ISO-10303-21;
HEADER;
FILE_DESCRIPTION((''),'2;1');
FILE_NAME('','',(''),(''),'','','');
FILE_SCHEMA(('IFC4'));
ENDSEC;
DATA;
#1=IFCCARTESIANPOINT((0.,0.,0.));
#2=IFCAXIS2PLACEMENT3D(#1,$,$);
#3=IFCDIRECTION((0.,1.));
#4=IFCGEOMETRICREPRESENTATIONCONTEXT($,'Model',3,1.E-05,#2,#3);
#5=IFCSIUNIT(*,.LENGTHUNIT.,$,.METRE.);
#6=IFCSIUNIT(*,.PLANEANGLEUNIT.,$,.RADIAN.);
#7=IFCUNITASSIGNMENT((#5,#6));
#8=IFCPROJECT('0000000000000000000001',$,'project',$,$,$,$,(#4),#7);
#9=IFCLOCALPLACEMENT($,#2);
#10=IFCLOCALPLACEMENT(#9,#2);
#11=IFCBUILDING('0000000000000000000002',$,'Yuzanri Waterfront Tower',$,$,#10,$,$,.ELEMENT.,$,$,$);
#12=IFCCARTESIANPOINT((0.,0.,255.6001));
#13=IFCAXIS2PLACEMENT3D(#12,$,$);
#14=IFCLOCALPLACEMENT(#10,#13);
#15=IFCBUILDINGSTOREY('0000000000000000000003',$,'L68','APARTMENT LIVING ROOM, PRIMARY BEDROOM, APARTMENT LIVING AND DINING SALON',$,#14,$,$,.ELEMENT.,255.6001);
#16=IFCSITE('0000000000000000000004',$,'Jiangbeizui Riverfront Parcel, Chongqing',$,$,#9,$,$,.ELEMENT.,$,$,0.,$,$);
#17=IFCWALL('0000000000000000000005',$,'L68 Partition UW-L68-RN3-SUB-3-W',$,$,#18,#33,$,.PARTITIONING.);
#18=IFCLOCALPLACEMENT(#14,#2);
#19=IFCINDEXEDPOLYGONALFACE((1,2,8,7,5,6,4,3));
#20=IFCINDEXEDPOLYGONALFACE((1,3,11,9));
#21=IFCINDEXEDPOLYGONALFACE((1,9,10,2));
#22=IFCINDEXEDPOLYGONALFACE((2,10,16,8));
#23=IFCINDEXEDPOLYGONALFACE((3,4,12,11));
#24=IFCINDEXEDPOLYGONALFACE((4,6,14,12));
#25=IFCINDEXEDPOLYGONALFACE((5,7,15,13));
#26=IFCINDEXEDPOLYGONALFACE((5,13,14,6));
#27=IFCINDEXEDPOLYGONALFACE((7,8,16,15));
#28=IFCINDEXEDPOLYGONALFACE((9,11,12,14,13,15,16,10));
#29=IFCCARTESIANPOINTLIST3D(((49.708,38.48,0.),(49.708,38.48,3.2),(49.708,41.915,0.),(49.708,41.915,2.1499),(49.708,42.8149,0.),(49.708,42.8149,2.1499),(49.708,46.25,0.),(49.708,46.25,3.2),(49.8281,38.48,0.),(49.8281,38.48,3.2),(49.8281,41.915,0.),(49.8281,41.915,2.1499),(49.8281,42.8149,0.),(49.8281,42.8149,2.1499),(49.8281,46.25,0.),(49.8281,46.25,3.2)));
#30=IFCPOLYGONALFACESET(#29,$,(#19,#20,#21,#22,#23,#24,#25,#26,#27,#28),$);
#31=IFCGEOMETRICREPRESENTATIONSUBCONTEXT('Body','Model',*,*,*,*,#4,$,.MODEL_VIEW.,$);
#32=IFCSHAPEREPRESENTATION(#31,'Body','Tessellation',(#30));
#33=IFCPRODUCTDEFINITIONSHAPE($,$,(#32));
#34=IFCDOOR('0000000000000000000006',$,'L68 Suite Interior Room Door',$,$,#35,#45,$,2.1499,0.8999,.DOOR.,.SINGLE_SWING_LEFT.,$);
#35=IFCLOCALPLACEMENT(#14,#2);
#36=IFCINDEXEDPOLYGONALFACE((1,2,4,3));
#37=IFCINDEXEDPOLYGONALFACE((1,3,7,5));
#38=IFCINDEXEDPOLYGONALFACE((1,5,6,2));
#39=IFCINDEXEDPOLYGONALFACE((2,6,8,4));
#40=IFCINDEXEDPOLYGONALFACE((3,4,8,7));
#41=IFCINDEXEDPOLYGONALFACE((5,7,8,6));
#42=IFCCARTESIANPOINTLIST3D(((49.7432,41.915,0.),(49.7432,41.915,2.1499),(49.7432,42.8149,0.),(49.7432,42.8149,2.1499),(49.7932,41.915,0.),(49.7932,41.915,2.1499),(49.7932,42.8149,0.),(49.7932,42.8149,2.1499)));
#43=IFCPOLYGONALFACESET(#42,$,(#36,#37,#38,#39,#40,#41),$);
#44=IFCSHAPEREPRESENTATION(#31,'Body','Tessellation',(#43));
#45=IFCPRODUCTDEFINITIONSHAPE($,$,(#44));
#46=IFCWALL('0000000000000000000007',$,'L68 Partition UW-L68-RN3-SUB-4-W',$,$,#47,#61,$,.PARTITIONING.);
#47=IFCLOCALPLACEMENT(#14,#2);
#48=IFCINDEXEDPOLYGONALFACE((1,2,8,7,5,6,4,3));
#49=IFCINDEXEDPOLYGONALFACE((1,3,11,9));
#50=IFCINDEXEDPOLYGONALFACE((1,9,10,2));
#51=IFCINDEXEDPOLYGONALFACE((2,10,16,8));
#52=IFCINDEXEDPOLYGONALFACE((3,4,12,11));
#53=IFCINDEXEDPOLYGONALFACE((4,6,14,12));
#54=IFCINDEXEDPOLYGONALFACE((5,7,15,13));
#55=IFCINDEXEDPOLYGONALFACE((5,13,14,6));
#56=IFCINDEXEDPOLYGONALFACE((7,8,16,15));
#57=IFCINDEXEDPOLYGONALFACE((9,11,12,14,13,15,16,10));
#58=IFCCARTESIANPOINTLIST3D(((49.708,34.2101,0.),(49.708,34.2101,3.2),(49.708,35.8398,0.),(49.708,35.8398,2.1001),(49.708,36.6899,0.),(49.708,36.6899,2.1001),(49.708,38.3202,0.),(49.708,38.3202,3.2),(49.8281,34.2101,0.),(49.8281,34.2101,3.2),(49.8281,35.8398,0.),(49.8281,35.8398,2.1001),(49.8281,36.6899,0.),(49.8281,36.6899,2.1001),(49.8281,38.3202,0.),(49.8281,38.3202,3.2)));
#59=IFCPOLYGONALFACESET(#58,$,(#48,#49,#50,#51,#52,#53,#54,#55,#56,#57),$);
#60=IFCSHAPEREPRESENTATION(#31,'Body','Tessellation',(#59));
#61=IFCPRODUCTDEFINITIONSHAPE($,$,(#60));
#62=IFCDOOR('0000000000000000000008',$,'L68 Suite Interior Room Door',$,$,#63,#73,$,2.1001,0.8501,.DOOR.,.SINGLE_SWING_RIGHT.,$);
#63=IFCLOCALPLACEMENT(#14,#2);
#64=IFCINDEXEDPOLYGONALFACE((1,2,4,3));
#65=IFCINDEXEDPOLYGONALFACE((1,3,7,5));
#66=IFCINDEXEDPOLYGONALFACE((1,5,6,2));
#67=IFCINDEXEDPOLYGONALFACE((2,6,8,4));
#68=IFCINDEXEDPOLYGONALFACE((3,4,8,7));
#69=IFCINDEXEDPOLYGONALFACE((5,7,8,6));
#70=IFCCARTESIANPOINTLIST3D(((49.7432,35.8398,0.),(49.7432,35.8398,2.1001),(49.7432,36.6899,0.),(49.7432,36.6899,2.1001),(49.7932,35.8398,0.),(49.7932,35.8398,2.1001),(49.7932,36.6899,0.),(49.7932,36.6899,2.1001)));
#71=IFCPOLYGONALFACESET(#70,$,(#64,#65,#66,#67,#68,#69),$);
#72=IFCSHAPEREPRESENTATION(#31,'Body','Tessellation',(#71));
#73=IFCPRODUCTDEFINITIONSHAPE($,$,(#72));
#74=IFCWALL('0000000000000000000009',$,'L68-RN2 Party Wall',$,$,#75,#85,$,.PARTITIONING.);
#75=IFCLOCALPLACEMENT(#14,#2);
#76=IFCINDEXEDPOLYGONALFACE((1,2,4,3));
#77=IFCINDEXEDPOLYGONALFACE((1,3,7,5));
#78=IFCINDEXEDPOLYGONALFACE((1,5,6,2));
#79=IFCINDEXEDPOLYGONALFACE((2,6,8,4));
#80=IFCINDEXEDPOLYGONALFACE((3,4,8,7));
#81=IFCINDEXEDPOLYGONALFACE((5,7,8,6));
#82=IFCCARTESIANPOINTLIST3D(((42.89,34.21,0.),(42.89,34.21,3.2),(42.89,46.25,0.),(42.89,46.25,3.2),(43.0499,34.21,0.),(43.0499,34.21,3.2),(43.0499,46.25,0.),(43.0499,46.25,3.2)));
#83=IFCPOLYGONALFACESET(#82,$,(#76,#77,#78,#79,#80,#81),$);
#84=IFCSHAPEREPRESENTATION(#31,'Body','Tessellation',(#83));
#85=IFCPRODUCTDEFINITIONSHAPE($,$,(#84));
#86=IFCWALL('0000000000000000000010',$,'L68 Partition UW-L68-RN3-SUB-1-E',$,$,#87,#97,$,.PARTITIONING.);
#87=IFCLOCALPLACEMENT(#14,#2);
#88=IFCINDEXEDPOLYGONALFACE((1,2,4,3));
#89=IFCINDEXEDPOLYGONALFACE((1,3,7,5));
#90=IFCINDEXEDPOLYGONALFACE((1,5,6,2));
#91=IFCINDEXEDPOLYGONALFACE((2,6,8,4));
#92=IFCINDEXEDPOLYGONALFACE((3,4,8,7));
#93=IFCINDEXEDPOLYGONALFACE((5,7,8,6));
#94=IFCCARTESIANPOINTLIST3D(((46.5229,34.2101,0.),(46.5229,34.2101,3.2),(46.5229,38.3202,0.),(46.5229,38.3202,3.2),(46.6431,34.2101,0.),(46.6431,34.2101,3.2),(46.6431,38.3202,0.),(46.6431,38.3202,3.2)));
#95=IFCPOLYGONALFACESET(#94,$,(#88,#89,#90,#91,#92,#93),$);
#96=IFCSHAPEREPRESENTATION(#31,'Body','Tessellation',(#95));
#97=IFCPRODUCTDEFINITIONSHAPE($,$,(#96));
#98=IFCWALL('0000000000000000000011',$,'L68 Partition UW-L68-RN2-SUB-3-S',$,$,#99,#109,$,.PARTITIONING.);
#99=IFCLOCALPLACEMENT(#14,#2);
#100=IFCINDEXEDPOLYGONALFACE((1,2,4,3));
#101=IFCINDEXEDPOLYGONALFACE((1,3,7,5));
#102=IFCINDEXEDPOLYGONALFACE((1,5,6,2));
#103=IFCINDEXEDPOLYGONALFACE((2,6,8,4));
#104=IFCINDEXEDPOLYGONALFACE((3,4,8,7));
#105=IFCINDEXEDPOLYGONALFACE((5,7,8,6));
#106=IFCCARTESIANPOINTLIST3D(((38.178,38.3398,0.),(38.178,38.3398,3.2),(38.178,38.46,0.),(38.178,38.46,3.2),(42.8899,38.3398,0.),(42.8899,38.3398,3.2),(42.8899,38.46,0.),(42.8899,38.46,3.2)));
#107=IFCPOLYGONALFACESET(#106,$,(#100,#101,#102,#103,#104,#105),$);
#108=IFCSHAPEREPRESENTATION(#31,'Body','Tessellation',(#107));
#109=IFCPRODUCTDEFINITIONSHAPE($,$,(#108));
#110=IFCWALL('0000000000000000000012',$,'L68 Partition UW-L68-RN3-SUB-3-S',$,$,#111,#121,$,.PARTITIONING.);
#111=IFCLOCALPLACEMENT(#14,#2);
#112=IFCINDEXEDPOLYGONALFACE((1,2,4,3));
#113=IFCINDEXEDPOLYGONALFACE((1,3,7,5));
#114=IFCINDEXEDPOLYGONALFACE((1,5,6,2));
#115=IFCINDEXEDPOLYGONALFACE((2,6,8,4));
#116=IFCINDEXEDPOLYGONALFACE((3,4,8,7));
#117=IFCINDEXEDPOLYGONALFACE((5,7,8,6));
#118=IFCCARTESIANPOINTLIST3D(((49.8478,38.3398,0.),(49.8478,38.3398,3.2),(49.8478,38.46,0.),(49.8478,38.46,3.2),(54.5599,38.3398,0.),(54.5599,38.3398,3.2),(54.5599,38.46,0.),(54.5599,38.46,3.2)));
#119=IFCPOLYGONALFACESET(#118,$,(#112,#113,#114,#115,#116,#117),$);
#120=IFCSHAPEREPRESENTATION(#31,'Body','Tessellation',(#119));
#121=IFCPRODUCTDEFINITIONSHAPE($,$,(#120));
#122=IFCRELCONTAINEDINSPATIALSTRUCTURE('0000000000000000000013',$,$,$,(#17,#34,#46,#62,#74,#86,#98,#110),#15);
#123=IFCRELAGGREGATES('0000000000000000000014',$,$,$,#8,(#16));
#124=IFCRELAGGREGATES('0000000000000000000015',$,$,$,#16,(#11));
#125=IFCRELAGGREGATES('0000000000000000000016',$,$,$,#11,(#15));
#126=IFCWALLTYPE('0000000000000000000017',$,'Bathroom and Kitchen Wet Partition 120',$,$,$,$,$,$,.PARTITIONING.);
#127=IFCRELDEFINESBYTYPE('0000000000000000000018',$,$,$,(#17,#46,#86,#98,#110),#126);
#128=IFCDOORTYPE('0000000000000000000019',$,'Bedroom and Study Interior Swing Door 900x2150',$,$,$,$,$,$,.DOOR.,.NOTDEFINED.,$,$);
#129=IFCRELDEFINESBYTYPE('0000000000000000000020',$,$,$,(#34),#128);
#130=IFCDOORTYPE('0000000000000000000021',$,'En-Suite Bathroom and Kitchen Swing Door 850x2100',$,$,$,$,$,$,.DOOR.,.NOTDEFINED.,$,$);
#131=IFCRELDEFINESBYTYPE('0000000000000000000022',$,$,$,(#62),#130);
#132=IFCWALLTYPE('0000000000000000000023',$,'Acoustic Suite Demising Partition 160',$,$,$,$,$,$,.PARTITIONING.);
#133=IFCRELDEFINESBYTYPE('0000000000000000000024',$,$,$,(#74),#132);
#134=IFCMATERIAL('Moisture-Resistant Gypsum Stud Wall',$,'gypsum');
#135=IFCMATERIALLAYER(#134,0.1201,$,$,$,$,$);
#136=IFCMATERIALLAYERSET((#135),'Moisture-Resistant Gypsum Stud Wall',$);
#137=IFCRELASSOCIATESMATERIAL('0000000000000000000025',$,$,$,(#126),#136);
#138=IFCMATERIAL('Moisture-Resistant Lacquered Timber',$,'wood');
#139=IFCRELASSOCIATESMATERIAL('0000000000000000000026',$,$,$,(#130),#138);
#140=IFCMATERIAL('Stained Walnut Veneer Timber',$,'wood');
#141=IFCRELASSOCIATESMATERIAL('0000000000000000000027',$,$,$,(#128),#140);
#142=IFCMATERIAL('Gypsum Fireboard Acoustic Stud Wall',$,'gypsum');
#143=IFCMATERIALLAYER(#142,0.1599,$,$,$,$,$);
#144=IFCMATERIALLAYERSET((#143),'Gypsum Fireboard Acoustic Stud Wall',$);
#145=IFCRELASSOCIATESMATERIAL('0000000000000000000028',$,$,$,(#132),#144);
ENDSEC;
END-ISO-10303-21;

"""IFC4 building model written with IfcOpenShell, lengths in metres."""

from ifc_helpers import new_model, si_unit, direction, frame, frame_2d, origin, place, context, subcontext, project, spatial, rectangle, extrude, source, transform, mapped, material, layer, layer_set, type_object, element, fill, save


model = new_model("IFC4")

# Units and contexts
model_context = context("Model", 3, precision=1e-05, world=origin(), true_north=direction((0.0, 1.0)))
body_context = subcontext(model_context, "Body", "Model", "MODEL_VIEW")
ifc_project = project(units=[si_unit("LENGTHUNIT", "METRE"), si_unit("PLANEANGLEUNIT", "RADIAN")], contexts=[model_context])

# Site, building, storey
site_placement = place(None, origin())
site = spatial("IfcSite", under=ifc_project, at=site_placement, Name="Jiangbeizui Riverfront Parcel, Chongqing", CompositionType="ELEMENT", RefElevation=0.0)
building_placement = place(site_placement, origin())
building = spatial("IfcBuilding", under=site, at=building_placement, Name="Yuzanri Waterfront Tower", CompositionType="ELEMENT")
storey_placement = place(building_placement, frame((0.0, 0.0, 255.6001)))
storey = spatial("IfcBuildingStorey", under=building, at=storey_placement, Name="L68", Description="APARTMENT LIVING ROOM, PRIMARY BEDROOM, APARTMENT LIVING AND DINING SALON", CompositionType="ELEMENT", Elevation=255.6001)

# Walls, openings, doors
ifc_material_1 = material(Name="Moisture-Resistant Gypsum Stud Wall", Category="gypsum")
ifc_layer_1 = layer(ifc_material_1, 0.1201)
ifc_layer_set_1 = layer_set([ifc_layer_1], Name="Moisture-Resistant Gypsum Stud Wall")
wall_type_1 = type_object("IfcWallType", Name="Bathroom and Kitchen Wet Partition 120", PredefinedType="PARTITIONING", material=ifc_layer_set_1)
ifc_material_2 = material(Name="Moisture-Resistant Lacquered Timber", Category="wood")
door_type_1 = type_object("IfcDoorType", Name="En-Suite Bathroom and Kitchen Swing Door 850x2100", OperationType="NOTDEFINED", PredefinedType="DOOR", material=ifc_material_2)
shared_shape_1 = source(origin(), body_context, "Body", "SweptSolid", [
    extrude(rectangle(XDim=0.8501, YDim=2.1001, at=frame_2d((0.425, 1.05))), frame((0.0, 0.0249, 0.0), z_axis=(0.0, -1.0, 0.0), x_axis=(1.0, 0.0, 0.0)), (0.0, 0.0, 1.0), 0.05),
])
ifc_material_3 = material(Name="Stained Walnut Veneer Timber", Category="wood")
door_type_2 = type_object("IfcDoorType", Name="Bedroom and Study Interior Swing Door 900x2150", OperationType="NOTDEFINED", PredefinedType="DOOR", material=ifc_material_3)
shared_shape_2 = source(origin(), body_context, "Body", "SweptSolid", [
    extrude(rectangle(XDim=0.8999, YDim=2.1499, at=frame_2d((0.45, 1.075))), frame((0.0, 0.0249, 0.0), z_axis=(0.0, -1.0, 0.0), x_axis=(1.0, 0.0, 0.0)), (0.0, 0.0, 1.0), 0.05),
])
wall_1_placement = place(storey_placement, frame((49.7681, 38.48, 0.0), z_axis=(0.0, 0.0, 1.0), x_axis=(0.0, 1.0, 0.0)))
wall_1 = element("IfcWall", 1, at=wall_1_placement, inside=storey, type_object=wall_type_1, Name="L68 Partition UW-L68-RN3-SUB-3-W", PredefinedType="PARTITIONING", context=body_context, shape_type="SweptSolid", body=[
    extrude(rectangle(XDim=7.77, YDim=0.1201, at=frame_2d((3.885, 0.0))), origin(), (0.0, 0.0, 1.0), 3.2),
])
opening_1_placement = place(wall_1_placement, frame((3.4351, 0.0, 0.0)))
opening_1 = element("IfcOpeningElement", 2, at=opening_1_placement, cuts=wall_1, PredefinedType="OPENING", context=body_context, shape_type="SweptSolid", body=[
    extrude(rectangle(XDim=0.8999, YDim=2.1499, at=frame_2d((0.45, 1.075))), frame((0.0, 0.075, 0.0), z_axis=(0.0, -1.0, 0.0), x_axis=(1.0, 0.0, 0.0)), (0.0, 0.0, 1.0), 0.1499),
])
door_1_placement = place(opening_1_placement, origin())
door_1 = element("IfcDoor", 3, at=door_1_placement, inside=storey, type_object=door_type_2, Name="L68 Suite Interior Room Door", OperationType="SINGLE_SWING_LEFT", OverallHeight=2.1499, OverallWidth=0.8999, PredefinedType="DOOR", context=body_context, shape_type="MappedRepresentation", body=[
    mapped(shared_shape_2, transform((0.0, 0.0, 0.0), scale=1.0)),
])
fill(opening_1, door_1)
wall_2_placement = place(storey_placement, frame((49.7681, 34.21, 0.0), z_axis=(0.0, 0.0, 1.0), x_axis=(0.0, 1.0, 0.0)))
wall_2 = element("IfcWall", 4, at=wall_2_placement, inside=storey, type_object=wall_type_1, Name="L68 Partition UW-L68-RN3-SUB-4-W", PredefinedType="PARTITIONING", context=body_context, shape_type="SweptSolid", body=[
    extrude(rectangle(XDim=4.1101, YDim=0.1201, at=frame_2d((2.0552, 0.0))), origin(), (0.0, 0.0, 1.0), 3.2),
])
opening_2_placement = place(wall_2_placement, frame((1.6299, 0.0, 0.0)))
opening_2 = element("IfcOpeningElement", 5, at=opening_2_placement, cuts=wall_2, PredefinedType="OPENING", context=body_context, shape_type="SweptSolid", body=[
    extrude(rectangle(XDim=0.8501, YDim=2.1001, at=frame_2d((0.425, 1.05))), frame((0.0, 0.075, 0.0), z_axis=(0.0, -1.0, 0.0), x_axis=(1.0, 0.0, 0.0)), (0.0, 0.0, 1.0), 0.1499),
])
door_2_placement = place(opening_2_placement, origin())
door_2 = element("IfcDoor", 6, at=door_2_placement, inside=storey, type_object=door_type_1, Name="L68 Suite Interior Room Door", OperationType="SINGLE_SWING_RIGHT", OverallHeight=2.1001, OverallWidth=0.8501, PredefinedType="DOOR", context=body_context, shape_type="MappedRepresentation", body=[
    mapped(shared_shape_1, transform((0.0, 0.0, 0.0), scale=1.0)),
])
fill(opening_2, door_2)

# Walls
ifc_material_4 = material(Name="Gypsum Fireboard Acoustic Stud Wall", Category="gypsum")
ifc_layer_2 = layer(ifc_material_4, 0.1599)
ifc_layer_set_2 = layer_set([ifc_layer_2], Name="Gypsum Fireboard Acoustic Stud Wall")
wall_type_2 = type_object("IfcWallType", Name="Acoustic Suite Demising Partition 160", PredefinedType="PARTITIONING", material=ifc_layer_set_2)
shared_shape_3 = source(origin(), body_context, "Body", "SweptSolid", [
    extrude(rectangle(XDim=12.04, YDim=0.1599, at=frame_2d((6.02, 0.0))), origin(), (0.0, 0.0, 1.0), 3.2),
])
wall_3_placement = place(storey_placement, frame((42.97, 34.21, 0.0), z_axis=(0.0, 0.0, 1.0), x_axis=(0.0, 1.0, 0.0)))
element("IfcWall", 7, at=wall_3_placement, inside=storey, type_object=wall_type_2, Name="L68-RN2 Party Wall", PredefinedType="PARTITIONING", context=body_context, shape_type="MappedRepresentation", body=[
    mapped(shared_shape_3, transform((0.0, 0.0, 0.0), scale=1.0)),
])
shared_shape_4 = source(origin(), body_context, "Body", "SweptSolid", [
    extrude(rectangle(XDim=4.1101, YDim=0.1201, at=frame_2d((2.0552, 0.0))), origin(), (0.0, 0.0, 1.0), 3.2),
])
wall_4_placement = place(storey_placement, frame((46.583, 34.21, 0.0), z_axis=(0.0, 0.0, 1.0), x_axis=(0.0, 1.0, 0.0)))
element("IfcWall", 8, at=wall_4_placement, inside=storey, type_object=wall_type_1, Name="L68 Partition UW-L68-RN3-SUB-1-E", PredefinedType="PARTITIONING", context=body_context, shape_type="MappedRepresentation", body=[
    mapped(shared_shape_4, transform((0.0, 0.0, 0.0), scale=1.0)),
])
shared_shape_5 = source(origin(), body_context, "Body", "SweptSolid", [
    extrude(rectangle(XDim=4.7119, YDim=0.1201, at=frame_2d((2.356, 0.0))), origin(), (0.0, 0.0, 1.0), 3.2),
])
wall_5_placement = place(storey_placement, frame((38.178, 38.3999, 0.0), z_axis=(0.0, 0.0, 1.0), x_axis=(1.0, 0.0, 0.0)))
element("IfcWall", 9, at=wall_5_placement, inside=storey, type_object=wall_type_1, Name="L68 Partition UW-L68-RN2-SUB-3-S", PredefinedType="PARTITIONING", context=body_context, shape_type="MappedRepresentation", body=[
    mapped(shared_shape_5, transform((0.0, 0.0, 0.0), scale=1.0)),
])
shared_shape_6 = source(origin(), body_context, "Body", "SweptSolid", [
    extrude(rectangle(XDim=4.7122, YDim=0.1201, at=frame_2d((2.356, 0.0))), origin(), (0.0, 0.0, 1.0), 3.2),
])
wall_6_placement = place(storey_placement, frame((49.8479, 38.3999, 0.0), z_axis=(0.0, 0.0, 1.0), x_axis=(1.0, 0.0, 0.0)))
element("IfcWall", 10, at=wall_6_placement, inside=storey, type_object=wall_type_1, Name="L68 Partition UW-L68-RN3-SUB-3-S", PredefinedType="PARTITIONING", context=body_context, shape_type="MappedRepresentation", body=[
    mapped(shared_shape_6, transform((0.0, 0.0, 0.0), scale=1.0)),
])

save(model, "model.ifc")
